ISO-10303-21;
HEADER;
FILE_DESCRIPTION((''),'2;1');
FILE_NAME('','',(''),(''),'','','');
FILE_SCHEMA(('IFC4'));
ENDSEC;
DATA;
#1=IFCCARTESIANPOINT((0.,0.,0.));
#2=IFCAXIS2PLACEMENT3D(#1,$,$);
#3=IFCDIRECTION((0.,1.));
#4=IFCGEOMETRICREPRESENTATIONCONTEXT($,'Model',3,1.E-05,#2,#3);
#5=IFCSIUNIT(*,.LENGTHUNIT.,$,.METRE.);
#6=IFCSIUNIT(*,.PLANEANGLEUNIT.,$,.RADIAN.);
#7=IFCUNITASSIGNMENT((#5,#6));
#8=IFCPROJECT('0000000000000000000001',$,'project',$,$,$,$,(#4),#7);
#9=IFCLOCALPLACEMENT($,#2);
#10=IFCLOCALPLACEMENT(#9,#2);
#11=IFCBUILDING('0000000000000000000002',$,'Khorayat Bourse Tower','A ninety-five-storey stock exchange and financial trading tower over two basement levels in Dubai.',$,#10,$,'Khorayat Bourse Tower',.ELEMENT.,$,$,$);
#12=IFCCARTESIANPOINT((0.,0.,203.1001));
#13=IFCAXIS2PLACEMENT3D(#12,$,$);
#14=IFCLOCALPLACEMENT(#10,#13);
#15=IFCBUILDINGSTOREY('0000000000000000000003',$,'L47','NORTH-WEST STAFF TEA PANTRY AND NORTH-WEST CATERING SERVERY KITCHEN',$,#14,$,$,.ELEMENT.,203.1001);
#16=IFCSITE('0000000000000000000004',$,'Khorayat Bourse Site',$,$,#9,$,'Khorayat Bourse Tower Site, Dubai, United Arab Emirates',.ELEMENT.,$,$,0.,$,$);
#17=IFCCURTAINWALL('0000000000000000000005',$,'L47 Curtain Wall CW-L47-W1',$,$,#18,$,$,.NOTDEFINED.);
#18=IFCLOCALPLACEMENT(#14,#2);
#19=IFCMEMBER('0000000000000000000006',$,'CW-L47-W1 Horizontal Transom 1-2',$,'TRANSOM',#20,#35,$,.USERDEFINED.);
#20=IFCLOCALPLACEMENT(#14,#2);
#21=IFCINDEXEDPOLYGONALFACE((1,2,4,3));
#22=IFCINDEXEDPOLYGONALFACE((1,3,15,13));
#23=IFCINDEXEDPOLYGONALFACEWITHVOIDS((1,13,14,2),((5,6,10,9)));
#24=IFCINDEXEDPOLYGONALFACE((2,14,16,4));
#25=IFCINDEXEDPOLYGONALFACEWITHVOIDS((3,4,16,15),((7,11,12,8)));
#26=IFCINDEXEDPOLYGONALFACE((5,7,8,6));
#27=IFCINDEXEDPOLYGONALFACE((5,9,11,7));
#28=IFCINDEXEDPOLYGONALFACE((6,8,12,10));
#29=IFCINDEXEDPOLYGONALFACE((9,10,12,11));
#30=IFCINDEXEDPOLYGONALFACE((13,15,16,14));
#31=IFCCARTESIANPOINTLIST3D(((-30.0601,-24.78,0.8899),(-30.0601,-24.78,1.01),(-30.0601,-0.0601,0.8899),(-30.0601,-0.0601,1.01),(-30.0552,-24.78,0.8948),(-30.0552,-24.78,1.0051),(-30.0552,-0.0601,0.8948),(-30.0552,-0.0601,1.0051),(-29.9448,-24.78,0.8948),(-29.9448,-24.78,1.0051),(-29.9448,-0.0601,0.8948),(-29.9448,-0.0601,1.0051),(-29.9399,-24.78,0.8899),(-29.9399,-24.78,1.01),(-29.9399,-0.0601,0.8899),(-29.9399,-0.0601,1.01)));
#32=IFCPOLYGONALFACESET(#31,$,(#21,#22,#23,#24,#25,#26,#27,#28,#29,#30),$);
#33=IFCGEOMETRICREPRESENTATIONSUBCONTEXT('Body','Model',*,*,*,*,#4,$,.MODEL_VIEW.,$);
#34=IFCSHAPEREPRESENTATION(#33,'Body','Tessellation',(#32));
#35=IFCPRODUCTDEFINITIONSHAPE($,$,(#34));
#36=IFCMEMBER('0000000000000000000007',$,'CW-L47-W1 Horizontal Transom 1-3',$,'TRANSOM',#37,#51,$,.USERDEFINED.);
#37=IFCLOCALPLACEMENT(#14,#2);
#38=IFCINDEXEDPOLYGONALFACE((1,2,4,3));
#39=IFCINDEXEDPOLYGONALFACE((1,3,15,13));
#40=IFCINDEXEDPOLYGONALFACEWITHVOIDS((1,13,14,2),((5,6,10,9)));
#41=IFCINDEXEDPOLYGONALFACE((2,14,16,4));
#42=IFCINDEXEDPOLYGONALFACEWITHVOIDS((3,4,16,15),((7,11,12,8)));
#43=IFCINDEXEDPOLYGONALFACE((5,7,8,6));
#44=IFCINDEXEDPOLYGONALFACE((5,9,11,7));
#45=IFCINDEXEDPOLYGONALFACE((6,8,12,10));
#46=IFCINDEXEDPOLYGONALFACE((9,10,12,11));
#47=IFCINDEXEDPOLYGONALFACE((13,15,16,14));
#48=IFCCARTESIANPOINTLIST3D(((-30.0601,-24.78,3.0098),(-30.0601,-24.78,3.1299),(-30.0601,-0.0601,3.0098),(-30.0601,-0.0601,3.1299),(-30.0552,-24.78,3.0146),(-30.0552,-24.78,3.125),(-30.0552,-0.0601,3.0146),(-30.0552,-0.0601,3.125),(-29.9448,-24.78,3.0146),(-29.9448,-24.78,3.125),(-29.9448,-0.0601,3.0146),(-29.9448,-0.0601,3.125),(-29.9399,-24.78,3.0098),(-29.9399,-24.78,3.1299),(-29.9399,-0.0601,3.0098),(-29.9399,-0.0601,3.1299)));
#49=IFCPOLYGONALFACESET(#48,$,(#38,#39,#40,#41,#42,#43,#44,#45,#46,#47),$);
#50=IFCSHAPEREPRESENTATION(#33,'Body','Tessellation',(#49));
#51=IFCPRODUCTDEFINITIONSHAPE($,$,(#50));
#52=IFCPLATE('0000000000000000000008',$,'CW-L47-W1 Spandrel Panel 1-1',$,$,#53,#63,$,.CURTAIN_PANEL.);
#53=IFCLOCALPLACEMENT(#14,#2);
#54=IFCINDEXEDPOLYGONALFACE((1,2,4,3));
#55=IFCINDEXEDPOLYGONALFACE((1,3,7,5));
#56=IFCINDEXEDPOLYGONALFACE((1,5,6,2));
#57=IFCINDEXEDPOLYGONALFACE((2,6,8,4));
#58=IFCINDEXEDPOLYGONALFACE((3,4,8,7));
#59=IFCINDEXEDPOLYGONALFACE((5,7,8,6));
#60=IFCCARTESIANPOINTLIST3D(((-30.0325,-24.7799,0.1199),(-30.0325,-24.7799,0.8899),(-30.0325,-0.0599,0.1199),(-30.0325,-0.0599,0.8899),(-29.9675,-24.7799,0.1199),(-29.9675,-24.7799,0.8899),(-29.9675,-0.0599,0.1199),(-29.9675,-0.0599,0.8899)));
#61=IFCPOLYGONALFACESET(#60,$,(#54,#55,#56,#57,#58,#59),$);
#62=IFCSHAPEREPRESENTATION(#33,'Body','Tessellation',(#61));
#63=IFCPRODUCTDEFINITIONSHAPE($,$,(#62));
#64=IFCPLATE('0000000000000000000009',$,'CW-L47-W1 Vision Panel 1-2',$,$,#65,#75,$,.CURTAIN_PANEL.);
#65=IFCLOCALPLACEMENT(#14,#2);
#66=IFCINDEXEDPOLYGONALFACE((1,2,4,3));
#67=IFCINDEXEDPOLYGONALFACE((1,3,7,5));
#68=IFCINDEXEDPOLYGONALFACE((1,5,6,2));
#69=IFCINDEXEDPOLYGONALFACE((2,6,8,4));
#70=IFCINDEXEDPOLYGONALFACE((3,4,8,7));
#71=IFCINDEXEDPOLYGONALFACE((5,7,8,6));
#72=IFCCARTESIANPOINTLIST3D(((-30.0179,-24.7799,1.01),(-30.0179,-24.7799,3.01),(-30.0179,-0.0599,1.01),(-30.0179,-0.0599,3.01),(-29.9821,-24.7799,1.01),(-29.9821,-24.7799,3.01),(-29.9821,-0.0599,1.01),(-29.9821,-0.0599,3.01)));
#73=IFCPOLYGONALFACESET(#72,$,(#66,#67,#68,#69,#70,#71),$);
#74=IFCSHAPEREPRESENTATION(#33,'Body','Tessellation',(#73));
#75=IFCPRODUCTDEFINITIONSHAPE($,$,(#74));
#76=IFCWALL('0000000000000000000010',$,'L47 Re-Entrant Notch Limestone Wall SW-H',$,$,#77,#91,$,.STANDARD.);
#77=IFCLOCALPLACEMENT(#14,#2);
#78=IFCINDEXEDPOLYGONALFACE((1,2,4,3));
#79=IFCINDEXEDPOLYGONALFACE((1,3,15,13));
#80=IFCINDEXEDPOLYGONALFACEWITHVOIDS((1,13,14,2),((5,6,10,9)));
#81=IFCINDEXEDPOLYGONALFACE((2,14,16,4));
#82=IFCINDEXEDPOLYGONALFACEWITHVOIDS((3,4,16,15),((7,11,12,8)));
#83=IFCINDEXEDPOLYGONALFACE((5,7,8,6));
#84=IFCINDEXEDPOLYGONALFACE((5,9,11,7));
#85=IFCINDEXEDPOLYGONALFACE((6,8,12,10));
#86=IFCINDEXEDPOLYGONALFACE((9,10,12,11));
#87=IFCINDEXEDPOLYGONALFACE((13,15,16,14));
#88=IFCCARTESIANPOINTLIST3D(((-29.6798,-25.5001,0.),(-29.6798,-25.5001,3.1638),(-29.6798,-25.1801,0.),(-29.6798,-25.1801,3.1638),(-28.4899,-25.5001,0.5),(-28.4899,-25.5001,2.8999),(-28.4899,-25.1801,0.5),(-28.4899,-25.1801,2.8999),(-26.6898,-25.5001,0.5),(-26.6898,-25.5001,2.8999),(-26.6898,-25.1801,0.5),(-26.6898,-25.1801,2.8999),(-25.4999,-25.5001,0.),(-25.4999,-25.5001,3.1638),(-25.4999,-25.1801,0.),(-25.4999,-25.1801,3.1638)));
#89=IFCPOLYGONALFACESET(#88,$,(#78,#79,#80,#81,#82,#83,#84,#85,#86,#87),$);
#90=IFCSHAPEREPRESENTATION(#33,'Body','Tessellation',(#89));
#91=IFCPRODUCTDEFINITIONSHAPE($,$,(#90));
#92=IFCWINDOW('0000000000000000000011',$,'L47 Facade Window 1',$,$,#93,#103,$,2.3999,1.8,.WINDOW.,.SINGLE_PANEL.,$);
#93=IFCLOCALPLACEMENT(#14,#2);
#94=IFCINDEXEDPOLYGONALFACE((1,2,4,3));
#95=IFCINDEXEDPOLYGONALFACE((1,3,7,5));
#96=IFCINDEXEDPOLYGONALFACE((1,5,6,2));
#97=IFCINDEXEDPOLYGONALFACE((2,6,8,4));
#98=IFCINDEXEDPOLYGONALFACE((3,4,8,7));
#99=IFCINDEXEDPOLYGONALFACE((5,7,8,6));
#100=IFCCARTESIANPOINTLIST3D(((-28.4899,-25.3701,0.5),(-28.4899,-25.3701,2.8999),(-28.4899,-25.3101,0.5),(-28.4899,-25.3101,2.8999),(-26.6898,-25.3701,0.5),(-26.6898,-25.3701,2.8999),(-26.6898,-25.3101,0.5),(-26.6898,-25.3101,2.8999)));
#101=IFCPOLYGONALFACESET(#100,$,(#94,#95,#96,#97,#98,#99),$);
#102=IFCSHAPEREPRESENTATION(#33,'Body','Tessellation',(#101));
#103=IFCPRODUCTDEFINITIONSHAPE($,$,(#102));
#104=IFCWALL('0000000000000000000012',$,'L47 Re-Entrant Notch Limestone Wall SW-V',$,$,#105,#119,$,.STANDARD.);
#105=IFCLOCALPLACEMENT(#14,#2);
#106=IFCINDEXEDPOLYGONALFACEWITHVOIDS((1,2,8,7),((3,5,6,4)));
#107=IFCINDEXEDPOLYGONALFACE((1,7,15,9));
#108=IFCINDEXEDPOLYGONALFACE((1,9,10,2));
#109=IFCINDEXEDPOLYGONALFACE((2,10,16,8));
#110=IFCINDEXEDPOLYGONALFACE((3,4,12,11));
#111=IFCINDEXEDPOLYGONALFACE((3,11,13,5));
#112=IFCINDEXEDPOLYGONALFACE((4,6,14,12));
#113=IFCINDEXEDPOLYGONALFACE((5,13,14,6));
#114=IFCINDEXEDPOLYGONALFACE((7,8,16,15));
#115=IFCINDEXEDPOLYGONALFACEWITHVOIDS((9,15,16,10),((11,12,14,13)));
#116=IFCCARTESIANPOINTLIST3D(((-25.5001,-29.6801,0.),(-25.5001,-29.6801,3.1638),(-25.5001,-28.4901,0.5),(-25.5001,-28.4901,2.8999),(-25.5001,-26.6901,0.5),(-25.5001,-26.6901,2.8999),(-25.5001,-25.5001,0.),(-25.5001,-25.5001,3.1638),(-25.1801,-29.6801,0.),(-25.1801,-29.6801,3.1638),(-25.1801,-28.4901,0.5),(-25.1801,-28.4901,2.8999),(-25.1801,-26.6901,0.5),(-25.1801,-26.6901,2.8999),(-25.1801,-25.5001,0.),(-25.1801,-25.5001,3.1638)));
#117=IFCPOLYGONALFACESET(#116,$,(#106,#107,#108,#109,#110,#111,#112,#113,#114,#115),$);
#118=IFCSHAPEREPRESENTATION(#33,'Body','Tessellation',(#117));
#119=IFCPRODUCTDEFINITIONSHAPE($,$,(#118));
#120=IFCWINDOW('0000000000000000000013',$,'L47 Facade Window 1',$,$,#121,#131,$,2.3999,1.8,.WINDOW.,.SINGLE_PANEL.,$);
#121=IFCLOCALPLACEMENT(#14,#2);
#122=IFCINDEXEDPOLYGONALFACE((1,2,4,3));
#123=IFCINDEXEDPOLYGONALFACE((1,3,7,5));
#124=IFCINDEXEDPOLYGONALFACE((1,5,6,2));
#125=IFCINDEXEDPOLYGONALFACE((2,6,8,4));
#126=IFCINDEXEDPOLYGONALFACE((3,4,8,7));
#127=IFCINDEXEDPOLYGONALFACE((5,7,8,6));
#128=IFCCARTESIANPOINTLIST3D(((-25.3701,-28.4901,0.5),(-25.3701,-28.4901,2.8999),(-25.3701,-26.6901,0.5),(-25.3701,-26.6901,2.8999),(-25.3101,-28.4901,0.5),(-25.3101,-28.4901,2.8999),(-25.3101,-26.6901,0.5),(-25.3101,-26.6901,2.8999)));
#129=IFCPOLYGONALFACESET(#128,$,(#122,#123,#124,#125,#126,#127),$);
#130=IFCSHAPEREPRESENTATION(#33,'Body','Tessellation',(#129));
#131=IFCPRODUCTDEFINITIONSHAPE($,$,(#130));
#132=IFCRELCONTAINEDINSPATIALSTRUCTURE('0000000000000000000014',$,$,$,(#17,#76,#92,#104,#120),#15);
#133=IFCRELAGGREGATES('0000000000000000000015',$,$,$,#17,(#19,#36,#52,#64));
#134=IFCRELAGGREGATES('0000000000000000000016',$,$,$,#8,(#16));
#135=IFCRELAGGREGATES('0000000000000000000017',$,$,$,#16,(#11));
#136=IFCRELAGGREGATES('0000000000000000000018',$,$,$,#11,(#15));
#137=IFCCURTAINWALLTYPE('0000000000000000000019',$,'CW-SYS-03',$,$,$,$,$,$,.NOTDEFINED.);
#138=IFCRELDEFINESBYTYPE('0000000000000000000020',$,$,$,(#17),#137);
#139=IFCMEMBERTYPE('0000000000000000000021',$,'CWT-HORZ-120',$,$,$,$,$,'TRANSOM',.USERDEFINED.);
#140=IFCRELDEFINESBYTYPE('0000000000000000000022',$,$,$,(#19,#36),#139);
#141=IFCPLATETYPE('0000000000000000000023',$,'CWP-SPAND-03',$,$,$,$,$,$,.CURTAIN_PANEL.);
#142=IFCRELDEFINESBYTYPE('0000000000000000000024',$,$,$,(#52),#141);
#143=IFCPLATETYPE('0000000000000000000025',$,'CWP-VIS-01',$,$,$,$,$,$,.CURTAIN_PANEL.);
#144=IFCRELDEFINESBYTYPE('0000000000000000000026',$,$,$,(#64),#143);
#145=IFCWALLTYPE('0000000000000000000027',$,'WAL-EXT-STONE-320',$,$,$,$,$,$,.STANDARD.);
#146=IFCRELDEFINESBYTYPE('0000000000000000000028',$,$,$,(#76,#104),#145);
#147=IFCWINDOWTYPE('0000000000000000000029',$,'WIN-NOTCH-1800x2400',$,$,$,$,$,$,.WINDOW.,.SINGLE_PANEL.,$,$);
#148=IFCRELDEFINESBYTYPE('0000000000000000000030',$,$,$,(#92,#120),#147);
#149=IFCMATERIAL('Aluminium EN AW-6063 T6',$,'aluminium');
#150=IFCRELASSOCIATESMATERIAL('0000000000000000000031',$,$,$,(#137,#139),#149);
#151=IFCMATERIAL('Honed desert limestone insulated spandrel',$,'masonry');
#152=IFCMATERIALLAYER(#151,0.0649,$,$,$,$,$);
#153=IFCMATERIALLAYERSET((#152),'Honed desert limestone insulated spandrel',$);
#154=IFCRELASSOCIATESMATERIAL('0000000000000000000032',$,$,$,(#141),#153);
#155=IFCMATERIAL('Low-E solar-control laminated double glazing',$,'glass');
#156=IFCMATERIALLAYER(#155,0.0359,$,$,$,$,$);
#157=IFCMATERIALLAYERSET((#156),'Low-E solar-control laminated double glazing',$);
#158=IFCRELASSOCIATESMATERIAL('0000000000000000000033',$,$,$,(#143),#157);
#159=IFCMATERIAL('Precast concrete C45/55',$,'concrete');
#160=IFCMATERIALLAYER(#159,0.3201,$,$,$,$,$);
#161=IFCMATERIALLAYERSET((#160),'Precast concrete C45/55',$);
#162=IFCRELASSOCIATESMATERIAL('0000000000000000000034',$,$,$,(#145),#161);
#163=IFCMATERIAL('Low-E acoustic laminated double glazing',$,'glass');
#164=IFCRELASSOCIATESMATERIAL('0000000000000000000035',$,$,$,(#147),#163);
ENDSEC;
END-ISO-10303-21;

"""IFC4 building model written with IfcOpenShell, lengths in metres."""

from ifc_helpers import new_model, si_unit, direction, frame, frame_2d, origin, origin_2d, place, context, subcontext, project, spatial, rectangle, hollow_rectangle, extrude, source, transform, mapped, material, layer, layer_set, material_profile, profile_set, type_object, element, fill, aggregate, save


model = new_model("IFC4")

# Units and contexts
model_context = context("Model", 3, precision=1e-05, world=origin(), true_north=direction((0.0, 1.0)))
body_context = subcontext(model_context, "Body", "Model", "MODEL_VIEW")
ifc_project = project(units=[si_unit("LENGTHUNIT", "METRE"), si_unit("PLANEANGLEUNIT", "RADIAN")], contexts=[model_context])

# Site, building, storey
site_placement = place(None, origin())
site = spatial("IfcSite", under=ifc_project, at=site_placement, Name="Khorayat Bourse Site", LongName="Khorayat Bourse Tower Site, Dubai, United Arab Emirates", CompositionType="ELEMENT", RefElevation=0.0)
building_placement = place(site_placement, origin())
building = spatial("IfcBuilding", under=site, at=building_placement, Name="Khorayat Bourse Tower", Description="A ninety-five-storey stock exchange and financial trading tower over two basement levels in Dubai.", LongName="Khorayat Bourse Tower", CompositionType="ELEMENT")
storey_placement = place(building_placement, frame((0.0, 0.0, 203.1001)))
storey = spatial("IfcBuildingStorey", under=building, at=storey_placement, Name="L47", Description="NORTH-WEST STAFF TEA PANTRY AND NORTH-WEST CATERING SERVERY KITCHEN", CompositionType="ELEMENT", Elevation=203.1001)

# Shared definitions
ifc_material_1 = material(Name="Aluminium EN AW-6063 T6", Category="aluminium")
curtain_wall_type = type_object("IfcCurtainWallType", Name="CW-SYS-03", PredefinedType="NOTDEFINED", material=ifc_material_1)

# Curtain wall
curtain_wall_1_placement = place(storey_placement, origin())
curtain_wall_1 = element("IfcCurtainWall", 1, at=curtain_wall_1_placement, inside=storey, type_object=curtain_wall_type, Name="L47 Curtain Wall CW-L47-W1", PredefinedType="NOTDEFINED")

# Members
ifc_material_profile_1 = material_profile(ifc_material_1, hollow_rectangle(XDim=0.1201, YDim=0.1201, WallThickness=0.0049, at=origin_2d()), Name="ALU 120x120x5")
ifc_profile_set_1 = profile_set([ifc_material_profile_1], Name="Aluminium EN AW-6063 T6")
member_type_1 = type_object("IfcMemberType", Name="CWT-HORZ-120", ElementType="TRANSOM", PredefinedType="USERDEFINED", material=ifc_profile_set_1)
shared_shape_1 = source(origin(), body_context, "Body", "SweptSolid", [
    extrude(hollow_rectangle(XDim=0.1201, YDim=0.1201, WallThickness=0.0049, at=origin_2d()), origin(), (0.0, 0.0, 1.0), 24.72),
])
member_1_placement = place(storey_placement, frame((-30.0, -24.78, 0.95), z_axis=(0.0, 1.0, 0.0), x_axis=(-1.0, 0.0, 0.0)))
member_1 = element("IfcMember", 2, at=member_1_placement, type_object=member_type_1, Name="CW-L47-W1 Horizontal Transom 1-2", ObjectType="TRANSOM", PredefinedType="USERDEFINED", context=body_context, shape_type="MappedRepresentation", body=[
    mapped(shared_shape_1, transform((0.0, 0.0, 0.0), scale=1.0)),
])
member_2_placement = place(storey_placement, frame((-30.0, -24.78, 3.0698), z_axis=(0.0, 1.0, 0.0), x_axis=(-1.0, 0.0, 0.0)))
member_2 = element("IfcMember", 3, at=member_2_placement, type_object=member_type_1, Name="CW-L47-W1 Horizontal Transom 1-3", ObjectType="TRANSOM", PredefinedType="USERDEFINED", context=body_context, shape_type="MappedRepresentation", body=[
    mapped(shared_shape_1, transform((0.0, 0.0, 0.0), scale=1.0)),
])

# Plates
ifc_material_2 = material(Name="Honed desert limestone insulated spandrel", Category="masonry")
ifc_layer_1 = layer(ifc_material_2, 0.0649)
ifc_layer_set_1 = layer_set([ifc_layer_1], Name="Honed desert limestone insulated spandrel")
plate_type_1 = type_object("IfcPlateType", Name="CWP-SPAND-03", PredefinedType="CURTAIN_PANEL", material=ifc_layer_set_1)
shared_shape_2 = source(origin(), body_context, "Body", "SweptSolid", [
    extrude(rectangle(XDim=24.72, YDim=0.0649, at=origin_2d()), origin(), (0.0, 0.0, 1.0), 0.77),
])
plate_1_placement = place(storey_placement, frame((-30.0, -12.4199, 0.1199), z_axis=(0.0, 0.0, 1.0), x_axis=(0.0, 1.0, 0.0)))
plate_1 = element("IfcPlate", 4, at=plate_1_placement, type_object=plate_type_1, Name="CW-L47-W1 Spandrel Panel 1-1", PredefinedType="CURTAIN_PANEL", context=body_context, shape_type="MappedRepresentation", body=[
    mapped(shared_shape_2, transform((0.0, 0.0, 0.0), scale=1.0)),
])
ifc_material_3 = material(Name="Low-E solar-control laminated double glazing", Category="glass")
ifc_layer_2 = layer(ifc_material_3, 0.0359)
ifc_layer_set_2 = layer_set([ifc_layer_2], Name="Low-E solar-control laminated double glazing")
plate_type_2 = type_object("IfcPlateType", Name="CWP-VIS-01", PredefinedType="CURTAIN_PANEL", material=ifc_layer_set_2)
shared_shape_3 = source(origin(), body_context, "Body", "SweptSolid", [
    extrude(rectangle(XDim=24.72, YDim=0.0359, at=origin_2d()), origin(), (0.0, 0.0, 1.0), 2.0),
])
plate_2_placement = place(storey_placement, frame((-30.0, -12.4199, 1.01), z_axis=(0.0, 0.0, 1.0), x_axis=(0.0, 1.0, 0.0)))
plate_2 = element("IfcPlate", 5, at=plate_2_placement, type_object=plate_type_2, Name="CW-L47-W1 Vision Panel 1-2", PredefinedType="CURTAIN_PANEL", context=body_context, shape_type="MappedRepresentation", body=[
    mapped(shared_shape_3, transform((0.0, 0.0, 0.0), scale=1.0)),
])
aggregate(curtain_wall_1, [member_1, member_2, plate_1, plate_2])

# Walls, openings, windows
ifc_material_4 = material(Name="Precast concrete C45/55", Category="concrete")
ifc_layer_3 = layer(ifc_material_4, 0.3201)
ifc_layer_set_3 = layer_set([ifc_layer_3], Name="Precast concrete C45/55")
wall_type = type_object("IfcWallType", Name="WAL-EXT-STONE-320", PredefinedType="STANDARD", material=ifc_layer_set_3)
shared_shape_4 = source(origin(), body_context, "Body", "SweptSolid", [
    extrude(rectangle(XDim=4.1799, YDim=0.3201, at=frame_2d((2.0898, 0.0))), origin(), (0.0, 0.0, 1.0), 3.1638),
])
wall_1_placement = place(storey_placement, frame((-25.5, -25.3401, 0.0), z_axis=(0.0, 0.0, 1.0), x_axis=(-1.0, 0.0, 0.0)))
wall_1 = element("IfcWall", 6, at=wall_1_placement, inside=storey, type_object=wall_type, Name="L47 Re-Entrant Notch Limestone Wall SW-H", PredefinedType="STANDARD", context=body_context, shape_type="MappedRepresentation", body=[
    mapped(shared_shape_4, transform((0.0, 0.0, 0.0), scale=1.0)),
])
shared_shape_5 = source(origin(), body_context, "Body", "SweptSolid", [
    extrude(rectangle(XDim=1.8, YDim=2.3999, at=frame_2d((0.8999, 1.2))), frame((0.0, 0.1699, 0.0), z_axis=(0.0, -1.0, 0.0), x_axis=(1.0, 0.0, 0.0)), (0.0, 0.0, 1.0), 0.3401),
])
opening_1_placement = place(wall_1_placement, frame((1.1899, 0.0, 0.5)))
opening_1 = element("IfcOpeningElement", 7, at=opening_1_placement, cuts=wall_1, PredefinedType="OPENING", context=body_context, shape_type="MappedRepresentation", body=[
    mapped(shared_shape_5, transform((0.0, 0.0, 0.0), scale=1.0)),
])
ifc_material_5 = material(Name="Low-E acoustic laminated double glazing", Category="glass")
window_type = type_object("IfcWindowType", Name="WIN-NOTCH-1800x2400", PartitioningType="SINGLE_PANEL", PredefinedType="WINDOW", material=ifc_material_5)
shared_shape_6 = source(origin(), body_context, "Body", "SweptSolid", [
    extrude(rectangle(XDim=1.8, YDim=2.3999, at=frame_2d((0.8999, 1.2))), frame((0.0, 0.03, 0.0), z_axis=(0.0, -1.0, 0.0), x_axis=(1.0, 0.0, 0.0)), (0.0, 0.0, 1.0), 0.0601),
])
window_1_placement = place(opening_1_placement, origin())
window_1 = element("IfcWindow", 8, at=window_1_placement, inside=storey, type_object=window_type, Name="L47 Facade Window 1", OverallHeight=2.3999, OverallWidth=1.8, PartitioningType="SINGLE_PANEL", PredefinedType="WINDOW", context=body_context, shape_type="MappedRepresentation", body=[
    mapped(shared_shape_6, transform((0.0, 0.0, 0.0), scale=1.0)),
])
fill(opening_1, window_1)
wall_2_placement = place(storey_placement, frame((-25.3401, -29.6799, 0.0), z_axis=(0.0, 0.0, 1.0), x_axis=(0.0, 1.0, 0.0)))
wall_2 = element("IfcWall", 9, at=wall_2_placement, inside=storey, type_object=wall_type, Name="L47 Re-Entrant Notch Limestone Wall SW-V", PredefinedType="STANDARD", context=body_context, shape_type="MappedRepresentation", body=[
    mapped(shared_shape_4, transform((0.0, 0.0, 0.0), scale=1.0)),
])
opening_2_placement = place(wall_2_placement, frame((1.1899, 0.0, 0.5)))
opening_2 = element("IfcOpeningElement", 10, at=opening_2_placement, cuts=wall_2, PredefinedType="OPENING", context=body_context, shape_type="MappedRepresentation", body=[
    mapped(shared_shape_5, transform((0.0, 0.0, 0.0), scale=1.0)),
])
window_2_placement = place(opening_2_placement, origin())
window_2 = element("IfcWindow", 11, at=window_2_placement, inside=storey, type_object=window_type, Name="L47 Facade Window 1", OverallHeight=2.3999, OverallWidth=1.8, PartitioningType="SINGLE_PANEL", PredefinedType="WINDOW", context=body_context, shape_type="MappedRepresentation", body=[
    mapped(shared_shape_6, transform((0.0, 0.0, 0.0), scale=1.0)),
])
fill(opening_2, window_2)

save(model, "model.ifc")
